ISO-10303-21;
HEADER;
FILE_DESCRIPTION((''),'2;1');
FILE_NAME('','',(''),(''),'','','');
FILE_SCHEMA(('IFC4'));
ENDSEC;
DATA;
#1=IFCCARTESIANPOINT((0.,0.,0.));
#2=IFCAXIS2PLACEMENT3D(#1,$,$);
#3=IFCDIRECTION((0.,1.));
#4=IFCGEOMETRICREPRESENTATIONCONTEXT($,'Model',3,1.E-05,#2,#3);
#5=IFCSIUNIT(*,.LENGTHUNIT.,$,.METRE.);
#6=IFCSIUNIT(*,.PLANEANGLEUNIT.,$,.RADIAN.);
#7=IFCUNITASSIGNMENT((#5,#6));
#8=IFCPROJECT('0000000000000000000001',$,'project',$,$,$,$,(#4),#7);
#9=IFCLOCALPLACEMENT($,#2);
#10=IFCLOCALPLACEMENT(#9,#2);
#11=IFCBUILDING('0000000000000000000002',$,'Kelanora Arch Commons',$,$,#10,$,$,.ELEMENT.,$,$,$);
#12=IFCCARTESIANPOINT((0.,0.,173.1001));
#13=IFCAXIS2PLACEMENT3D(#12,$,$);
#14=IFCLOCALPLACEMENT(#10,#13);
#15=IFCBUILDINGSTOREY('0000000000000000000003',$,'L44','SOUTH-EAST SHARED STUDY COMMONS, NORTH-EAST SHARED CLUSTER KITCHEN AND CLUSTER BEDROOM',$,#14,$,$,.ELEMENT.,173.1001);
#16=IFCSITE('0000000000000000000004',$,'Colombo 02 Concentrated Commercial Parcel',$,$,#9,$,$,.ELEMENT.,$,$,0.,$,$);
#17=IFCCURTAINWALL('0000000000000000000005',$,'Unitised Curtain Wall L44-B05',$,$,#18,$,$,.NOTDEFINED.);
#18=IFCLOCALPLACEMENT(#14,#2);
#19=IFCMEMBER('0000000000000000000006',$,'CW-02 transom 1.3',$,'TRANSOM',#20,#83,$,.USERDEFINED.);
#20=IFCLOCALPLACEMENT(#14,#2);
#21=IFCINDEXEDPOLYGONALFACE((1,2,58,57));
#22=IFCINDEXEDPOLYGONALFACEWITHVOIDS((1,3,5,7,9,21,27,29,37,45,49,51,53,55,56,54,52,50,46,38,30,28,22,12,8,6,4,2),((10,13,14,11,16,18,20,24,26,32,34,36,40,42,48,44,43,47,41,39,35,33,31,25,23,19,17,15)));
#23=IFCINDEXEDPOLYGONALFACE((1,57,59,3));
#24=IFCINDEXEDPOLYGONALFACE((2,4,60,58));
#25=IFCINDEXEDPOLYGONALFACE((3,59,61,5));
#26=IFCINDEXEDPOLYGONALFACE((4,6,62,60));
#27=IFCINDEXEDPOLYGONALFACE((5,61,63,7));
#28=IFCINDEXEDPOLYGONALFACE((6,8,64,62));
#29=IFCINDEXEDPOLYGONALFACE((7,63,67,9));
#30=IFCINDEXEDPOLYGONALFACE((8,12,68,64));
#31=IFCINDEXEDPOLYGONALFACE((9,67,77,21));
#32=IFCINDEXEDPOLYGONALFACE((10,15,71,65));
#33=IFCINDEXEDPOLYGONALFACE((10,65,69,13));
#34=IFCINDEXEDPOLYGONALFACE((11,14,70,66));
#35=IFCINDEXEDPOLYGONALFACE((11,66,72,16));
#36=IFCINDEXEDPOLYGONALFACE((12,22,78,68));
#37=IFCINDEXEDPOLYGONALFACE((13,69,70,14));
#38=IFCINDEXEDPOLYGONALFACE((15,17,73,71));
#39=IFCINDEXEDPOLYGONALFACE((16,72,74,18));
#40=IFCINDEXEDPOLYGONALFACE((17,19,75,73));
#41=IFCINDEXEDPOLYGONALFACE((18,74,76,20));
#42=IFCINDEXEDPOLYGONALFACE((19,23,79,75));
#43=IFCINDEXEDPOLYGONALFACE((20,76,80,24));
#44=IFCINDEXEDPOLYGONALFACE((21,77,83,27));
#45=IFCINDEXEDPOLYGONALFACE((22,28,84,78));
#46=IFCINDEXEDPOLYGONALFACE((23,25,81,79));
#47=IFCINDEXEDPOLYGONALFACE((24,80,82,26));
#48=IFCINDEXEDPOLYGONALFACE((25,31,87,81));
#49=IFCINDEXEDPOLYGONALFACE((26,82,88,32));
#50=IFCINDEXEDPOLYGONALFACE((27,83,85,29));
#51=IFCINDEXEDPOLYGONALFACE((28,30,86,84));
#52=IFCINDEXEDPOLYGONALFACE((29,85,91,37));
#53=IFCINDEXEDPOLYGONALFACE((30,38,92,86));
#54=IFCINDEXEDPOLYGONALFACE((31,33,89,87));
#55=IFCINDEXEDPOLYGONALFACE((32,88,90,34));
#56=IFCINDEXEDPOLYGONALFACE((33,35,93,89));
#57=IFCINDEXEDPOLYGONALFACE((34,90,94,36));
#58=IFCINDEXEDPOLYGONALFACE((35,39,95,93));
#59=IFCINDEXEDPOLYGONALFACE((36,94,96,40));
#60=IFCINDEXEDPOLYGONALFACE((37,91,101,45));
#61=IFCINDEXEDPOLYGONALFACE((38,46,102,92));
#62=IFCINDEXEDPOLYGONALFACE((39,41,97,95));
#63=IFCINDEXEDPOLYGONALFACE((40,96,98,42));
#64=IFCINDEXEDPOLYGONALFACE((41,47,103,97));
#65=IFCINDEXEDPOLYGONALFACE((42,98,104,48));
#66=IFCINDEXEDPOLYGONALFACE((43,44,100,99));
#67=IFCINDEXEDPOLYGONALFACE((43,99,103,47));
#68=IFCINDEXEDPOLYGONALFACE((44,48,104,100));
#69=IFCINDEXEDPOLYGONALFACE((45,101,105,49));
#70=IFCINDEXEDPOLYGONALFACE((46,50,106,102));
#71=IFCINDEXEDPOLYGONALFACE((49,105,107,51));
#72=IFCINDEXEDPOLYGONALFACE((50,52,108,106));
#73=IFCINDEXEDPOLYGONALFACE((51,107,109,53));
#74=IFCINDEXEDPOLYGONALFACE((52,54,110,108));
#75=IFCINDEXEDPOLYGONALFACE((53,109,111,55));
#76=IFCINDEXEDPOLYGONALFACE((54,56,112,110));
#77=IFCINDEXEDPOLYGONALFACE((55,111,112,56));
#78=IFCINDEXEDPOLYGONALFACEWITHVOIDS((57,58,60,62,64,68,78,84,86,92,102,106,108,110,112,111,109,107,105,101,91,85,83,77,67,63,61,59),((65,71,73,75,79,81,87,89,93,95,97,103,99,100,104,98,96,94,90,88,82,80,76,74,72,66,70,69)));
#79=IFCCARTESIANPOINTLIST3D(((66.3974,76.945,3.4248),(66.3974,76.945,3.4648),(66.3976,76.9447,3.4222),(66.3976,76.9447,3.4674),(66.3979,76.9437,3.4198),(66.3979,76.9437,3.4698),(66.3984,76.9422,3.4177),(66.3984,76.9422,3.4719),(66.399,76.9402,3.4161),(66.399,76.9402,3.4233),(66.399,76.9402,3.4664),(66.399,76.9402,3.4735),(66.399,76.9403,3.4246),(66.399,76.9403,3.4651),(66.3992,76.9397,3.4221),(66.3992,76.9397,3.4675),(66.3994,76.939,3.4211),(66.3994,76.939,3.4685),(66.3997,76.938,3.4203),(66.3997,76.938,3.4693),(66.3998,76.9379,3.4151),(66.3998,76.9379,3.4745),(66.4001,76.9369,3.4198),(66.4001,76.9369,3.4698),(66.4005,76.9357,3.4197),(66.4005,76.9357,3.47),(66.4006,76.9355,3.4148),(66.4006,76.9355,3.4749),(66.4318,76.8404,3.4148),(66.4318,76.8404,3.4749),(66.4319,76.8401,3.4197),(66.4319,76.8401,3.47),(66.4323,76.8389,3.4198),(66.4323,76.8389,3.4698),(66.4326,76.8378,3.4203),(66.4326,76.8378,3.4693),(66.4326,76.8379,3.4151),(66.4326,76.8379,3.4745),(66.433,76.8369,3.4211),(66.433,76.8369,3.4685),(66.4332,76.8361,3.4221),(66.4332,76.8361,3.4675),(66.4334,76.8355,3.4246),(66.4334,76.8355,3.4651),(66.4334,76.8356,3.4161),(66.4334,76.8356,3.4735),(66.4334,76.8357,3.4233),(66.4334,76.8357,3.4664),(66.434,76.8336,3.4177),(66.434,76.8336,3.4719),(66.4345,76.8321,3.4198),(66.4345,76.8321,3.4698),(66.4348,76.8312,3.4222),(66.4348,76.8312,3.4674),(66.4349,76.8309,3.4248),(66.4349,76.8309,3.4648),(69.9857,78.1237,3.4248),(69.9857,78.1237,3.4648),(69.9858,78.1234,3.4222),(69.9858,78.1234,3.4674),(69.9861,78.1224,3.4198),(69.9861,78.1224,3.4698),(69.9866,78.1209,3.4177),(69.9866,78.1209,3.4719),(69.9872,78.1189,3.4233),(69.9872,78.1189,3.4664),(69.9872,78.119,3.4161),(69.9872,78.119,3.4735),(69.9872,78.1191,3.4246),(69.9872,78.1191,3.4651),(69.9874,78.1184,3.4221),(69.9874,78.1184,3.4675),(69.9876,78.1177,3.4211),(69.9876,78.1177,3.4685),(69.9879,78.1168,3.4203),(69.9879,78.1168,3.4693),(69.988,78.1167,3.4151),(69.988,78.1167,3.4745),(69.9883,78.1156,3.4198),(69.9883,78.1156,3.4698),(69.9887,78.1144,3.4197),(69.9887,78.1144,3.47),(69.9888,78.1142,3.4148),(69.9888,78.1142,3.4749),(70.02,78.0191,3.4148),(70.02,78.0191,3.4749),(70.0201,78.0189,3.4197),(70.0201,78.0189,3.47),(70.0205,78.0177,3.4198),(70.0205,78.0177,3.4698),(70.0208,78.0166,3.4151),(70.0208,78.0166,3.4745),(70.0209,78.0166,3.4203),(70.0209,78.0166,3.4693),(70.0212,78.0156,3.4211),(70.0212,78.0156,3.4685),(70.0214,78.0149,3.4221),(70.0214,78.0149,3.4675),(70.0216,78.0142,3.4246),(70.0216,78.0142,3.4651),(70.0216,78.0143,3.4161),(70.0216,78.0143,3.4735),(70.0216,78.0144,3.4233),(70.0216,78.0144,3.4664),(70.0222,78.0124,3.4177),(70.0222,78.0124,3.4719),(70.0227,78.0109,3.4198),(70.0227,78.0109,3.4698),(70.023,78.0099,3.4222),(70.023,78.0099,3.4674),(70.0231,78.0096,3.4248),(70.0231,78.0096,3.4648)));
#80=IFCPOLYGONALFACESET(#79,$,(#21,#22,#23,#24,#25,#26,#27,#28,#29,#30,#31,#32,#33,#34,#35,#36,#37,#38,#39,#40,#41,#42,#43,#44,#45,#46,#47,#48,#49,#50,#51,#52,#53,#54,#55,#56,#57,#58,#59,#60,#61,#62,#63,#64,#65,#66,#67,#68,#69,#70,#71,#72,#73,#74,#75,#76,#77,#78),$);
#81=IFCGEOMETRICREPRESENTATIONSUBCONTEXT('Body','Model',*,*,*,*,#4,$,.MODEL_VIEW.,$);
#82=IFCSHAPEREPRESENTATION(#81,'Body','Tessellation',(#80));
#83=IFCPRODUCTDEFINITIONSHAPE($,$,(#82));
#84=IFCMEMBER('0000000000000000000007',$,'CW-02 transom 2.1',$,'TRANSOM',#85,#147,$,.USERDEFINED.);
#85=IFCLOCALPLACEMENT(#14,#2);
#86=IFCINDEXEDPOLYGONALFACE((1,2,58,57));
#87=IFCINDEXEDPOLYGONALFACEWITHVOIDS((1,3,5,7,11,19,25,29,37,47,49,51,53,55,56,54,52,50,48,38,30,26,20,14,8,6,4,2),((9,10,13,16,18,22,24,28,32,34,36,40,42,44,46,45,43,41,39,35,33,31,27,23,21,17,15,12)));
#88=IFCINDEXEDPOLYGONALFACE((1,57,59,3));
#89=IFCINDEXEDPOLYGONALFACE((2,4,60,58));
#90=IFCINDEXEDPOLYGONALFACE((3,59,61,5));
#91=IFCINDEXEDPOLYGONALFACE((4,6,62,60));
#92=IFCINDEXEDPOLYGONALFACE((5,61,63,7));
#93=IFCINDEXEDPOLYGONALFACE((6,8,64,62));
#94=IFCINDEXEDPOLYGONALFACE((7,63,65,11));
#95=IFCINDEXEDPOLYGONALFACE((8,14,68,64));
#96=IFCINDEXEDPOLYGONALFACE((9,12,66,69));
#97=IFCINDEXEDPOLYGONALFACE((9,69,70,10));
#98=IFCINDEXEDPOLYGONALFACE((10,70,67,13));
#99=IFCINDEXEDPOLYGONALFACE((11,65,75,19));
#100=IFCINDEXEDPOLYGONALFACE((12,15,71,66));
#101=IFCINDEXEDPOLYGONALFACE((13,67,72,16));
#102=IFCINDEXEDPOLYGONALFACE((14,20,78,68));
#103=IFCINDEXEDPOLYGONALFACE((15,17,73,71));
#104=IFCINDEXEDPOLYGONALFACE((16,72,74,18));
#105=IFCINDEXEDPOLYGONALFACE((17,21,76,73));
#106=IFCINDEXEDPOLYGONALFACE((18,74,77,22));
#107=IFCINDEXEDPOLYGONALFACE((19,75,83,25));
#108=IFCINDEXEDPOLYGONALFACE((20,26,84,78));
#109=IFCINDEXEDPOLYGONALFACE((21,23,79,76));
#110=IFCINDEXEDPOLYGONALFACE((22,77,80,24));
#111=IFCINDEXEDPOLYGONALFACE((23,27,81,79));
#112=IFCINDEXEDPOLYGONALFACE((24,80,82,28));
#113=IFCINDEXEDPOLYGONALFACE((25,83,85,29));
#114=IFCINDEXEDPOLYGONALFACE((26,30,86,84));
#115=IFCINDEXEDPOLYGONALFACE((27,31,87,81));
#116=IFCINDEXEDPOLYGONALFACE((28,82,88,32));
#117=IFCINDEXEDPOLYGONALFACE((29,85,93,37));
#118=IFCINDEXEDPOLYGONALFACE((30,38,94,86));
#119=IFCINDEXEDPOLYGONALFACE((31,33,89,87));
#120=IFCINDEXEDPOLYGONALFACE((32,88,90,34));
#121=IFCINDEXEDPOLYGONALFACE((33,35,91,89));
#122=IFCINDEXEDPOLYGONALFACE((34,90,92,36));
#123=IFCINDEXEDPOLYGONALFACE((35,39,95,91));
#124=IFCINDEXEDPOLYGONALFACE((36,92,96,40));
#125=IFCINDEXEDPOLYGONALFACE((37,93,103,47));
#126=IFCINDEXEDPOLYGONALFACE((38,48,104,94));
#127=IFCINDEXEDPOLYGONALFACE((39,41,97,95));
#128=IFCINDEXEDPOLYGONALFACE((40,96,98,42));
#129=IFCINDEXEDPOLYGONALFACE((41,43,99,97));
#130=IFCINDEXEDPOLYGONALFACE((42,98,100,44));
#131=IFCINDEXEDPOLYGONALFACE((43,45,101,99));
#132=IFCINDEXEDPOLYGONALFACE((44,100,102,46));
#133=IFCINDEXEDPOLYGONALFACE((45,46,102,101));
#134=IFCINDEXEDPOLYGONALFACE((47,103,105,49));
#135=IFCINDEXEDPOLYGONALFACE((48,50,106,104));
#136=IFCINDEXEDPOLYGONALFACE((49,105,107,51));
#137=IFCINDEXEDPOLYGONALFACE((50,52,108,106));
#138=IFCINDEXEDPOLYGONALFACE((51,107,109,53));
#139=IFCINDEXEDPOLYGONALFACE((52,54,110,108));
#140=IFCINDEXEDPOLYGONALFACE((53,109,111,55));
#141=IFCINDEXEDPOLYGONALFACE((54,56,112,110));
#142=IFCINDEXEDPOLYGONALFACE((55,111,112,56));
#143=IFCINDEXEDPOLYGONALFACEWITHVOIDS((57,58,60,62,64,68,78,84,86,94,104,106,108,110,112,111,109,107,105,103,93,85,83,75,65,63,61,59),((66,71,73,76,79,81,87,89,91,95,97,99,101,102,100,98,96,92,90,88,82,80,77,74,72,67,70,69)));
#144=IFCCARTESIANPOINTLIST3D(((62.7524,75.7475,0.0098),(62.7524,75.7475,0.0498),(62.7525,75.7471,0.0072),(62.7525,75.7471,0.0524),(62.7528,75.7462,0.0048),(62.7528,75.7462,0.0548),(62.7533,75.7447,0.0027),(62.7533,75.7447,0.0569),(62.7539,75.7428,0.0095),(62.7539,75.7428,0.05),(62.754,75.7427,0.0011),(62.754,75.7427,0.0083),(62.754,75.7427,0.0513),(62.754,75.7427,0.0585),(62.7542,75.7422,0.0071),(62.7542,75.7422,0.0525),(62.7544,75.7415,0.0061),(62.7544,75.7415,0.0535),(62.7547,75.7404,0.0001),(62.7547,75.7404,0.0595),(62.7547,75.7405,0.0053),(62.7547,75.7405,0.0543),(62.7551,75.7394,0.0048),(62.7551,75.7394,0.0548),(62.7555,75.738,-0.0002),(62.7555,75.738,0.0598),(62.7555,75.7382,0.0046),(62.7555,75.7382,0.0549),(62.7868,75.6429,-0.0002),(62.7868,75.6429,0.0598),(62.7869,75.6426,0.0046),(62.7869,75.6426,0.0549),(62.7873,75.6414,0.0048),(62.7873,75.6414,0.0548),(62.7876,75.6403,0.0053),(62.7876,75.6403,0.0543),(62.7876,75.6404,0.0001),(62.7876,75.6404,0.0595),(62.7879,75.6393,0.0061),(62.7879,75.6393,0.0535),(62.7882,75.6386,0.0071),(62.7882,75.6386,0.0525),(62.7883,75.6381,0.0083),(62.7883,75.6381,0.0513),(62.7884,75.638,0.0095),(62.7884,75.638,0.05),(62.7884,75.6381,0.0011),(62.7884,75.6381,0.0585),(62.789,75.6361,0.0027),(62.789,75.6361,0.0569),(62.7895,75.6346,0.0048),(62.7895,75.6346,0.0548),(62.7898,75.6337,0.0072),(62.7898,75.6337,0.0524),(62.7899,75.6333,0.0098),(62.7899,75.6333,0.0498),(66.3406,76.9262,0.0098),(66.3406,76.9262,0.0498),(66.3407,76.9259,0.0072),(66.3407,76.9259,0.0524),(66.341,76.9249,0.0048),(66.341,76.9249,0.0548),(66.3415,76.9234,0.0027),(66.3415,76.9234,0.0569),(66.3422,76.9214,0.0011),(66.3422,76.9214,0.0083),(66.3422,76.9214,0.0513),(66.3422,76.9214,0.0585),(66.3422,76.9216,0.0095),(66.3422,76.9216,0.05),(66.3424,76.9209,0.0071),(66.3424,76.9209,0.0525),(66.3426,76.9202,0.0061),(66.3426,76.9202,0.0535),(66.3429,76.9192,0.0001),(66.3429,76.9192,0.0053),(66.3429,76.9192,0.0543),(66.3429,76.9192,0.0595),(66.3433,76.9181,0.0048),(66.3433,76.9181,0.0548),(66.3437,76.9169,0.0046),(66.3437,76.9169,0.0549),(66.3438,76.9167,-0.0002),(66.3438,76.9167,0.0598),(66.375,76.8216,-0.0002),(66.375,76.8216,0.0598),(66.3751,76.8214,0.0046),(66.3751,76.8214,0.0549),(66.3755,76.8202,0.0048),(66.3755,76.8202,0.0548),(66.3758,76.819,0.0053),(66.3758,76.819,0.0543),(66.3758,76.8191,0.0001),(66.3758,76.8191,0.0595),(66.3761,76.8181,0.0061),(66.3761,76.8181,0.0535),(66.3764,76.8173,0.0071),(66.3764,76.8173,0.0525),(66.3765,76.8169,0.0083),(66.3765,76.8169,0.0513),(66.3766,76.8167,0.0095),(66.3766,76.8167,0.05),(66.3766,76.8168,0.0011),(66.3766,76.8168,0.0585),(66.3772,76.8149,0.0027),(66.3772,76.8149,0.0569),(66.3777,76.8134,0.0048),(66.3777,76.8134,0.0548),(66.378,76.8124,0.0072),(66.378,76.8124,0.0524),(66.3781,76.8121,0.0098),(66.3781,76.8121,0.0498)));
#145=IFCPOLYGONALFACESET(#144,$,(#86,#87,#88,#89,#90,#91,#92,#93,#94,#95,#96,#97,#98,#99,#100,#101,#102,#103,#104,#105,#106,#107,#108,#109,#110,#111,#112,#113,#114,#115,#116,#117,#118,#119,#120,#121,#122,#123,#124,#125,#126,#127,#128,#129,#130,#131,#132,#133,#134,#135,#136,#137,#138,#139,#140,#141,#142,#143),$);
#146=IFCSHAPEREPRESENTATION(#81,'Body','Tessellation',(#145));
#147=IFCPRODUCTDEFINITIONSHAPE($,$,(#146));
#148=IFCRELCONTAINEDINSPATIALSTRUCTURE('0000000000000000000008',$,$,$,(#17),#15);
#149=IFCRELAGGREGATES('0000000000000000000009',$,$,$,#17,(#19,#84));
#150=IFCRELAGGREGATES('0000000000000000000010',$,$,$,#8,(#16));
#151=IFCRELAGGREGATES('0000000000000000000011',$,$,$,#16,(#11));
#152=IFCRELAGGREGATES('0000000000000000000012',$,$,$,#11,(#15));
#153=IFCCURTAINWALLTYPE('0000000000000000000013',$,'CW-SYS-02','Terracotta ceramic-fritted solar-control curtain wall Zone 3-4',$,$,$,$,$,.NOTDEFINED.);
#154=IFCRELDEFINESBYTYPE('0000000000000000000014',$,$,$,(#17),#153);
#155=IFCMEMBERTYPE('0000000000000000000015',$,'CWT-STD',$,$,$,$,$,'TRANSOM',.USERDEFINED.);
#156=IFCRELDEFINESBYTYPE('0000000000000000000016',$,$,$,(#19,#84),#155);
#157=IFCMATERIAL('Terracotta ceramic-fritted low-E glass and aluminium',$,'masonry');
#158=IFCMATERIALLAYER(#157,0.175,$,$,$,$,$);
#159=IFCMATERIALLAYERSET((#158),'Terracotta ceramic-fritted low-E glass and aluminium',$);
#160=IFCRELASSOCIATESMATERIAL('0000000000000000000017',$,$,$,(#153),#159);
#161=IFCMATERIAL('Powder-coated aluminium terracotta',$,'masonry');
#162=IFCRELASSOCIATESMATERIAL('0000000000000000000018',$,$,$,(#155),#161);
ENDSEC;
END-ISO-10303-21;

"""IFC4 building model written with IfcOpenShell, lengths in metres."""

from ifc_helpers import new_model, si_unit, direction, frame, origin, origin_2d, place, context, subcontext, project, spatial, hollow_rectangle, extrude, material, layer, layer_set, material_profile, profile_set, type_object, element, aggregate, save


model = new_model("IFC4")

# Units and contexts
model_context = context("Model", 3, precision=1e-05, world=origin(), true_north=direction((0.0, 1.0)))
body_context = subcontext(model_context, "Body", "Model", "MODEL_VIEW")
ifc_project = project(units=[si_unit("LENGTHUNIT", "METRE"), si_unit("PLANEANGLEUNIT", "RADIAN")], contexts=[model_context])

# Site, building, storey
site_placement = place(None, origin())
site = spatial("IfcSite", under=ifc_project, at=site_placement, Name="Colombo 02 Concentrated Commercial Parcel", CompositionType="ELEMENT", RefElevation=0.0)
building_placement = place(site_placement, origin())
building = spatial("IfcBuilding", under=site, at=building_placement, Name="Kelanora Arch Commons", CompositionType="ELEMENT")
storey_placement = place(building_placement, frame((0.0, 0.0, 173.1001)))
storey = spatial("IfcBuildingStorey", under=building, at=storey_placement, Name="L44", Description="SOUTH-EAST SHARED STUDY COMMONS, NORTH-EAST SHARED CLUSTER KITCHEN AND CLUSTER BEDROOM", CompositionType="ELEMENT", Elevation=173.1001)

# Curtain wall, members
ifc_material_1 = material(Name="Terracotta ceramic-fritted low-E glass and aluminium", Category="masonry")
ifc_layer_1 = layer(ifc_material_1, 0.175)
ifc_layer_set_1 = layer_set([ifc_layer_1], Name="Terracotta ceramic-fritted low-E glass and aluminium")
curtain_wall_type = type_object("IfcCurtainWallType", Name="CW-SYS-02", Description="Terracotta ceramic-fritted solar-control curtain wall Zone 3-4", PredefinedType="NOTDEFINED", material=ifc_layer_set_1)
curtain_wall_placement = place(storey_placement, origin())
curtain_wall = element("IfcCurtainWall", 1, at=curtain_wall_placement, inside=storey, type_object=curtain_wall_type, Name="Unitised Curtain Wall L44-B05", PredefinedType="NOTDEFINED")
ifc_material_2 = material(Name="Powder-coated aluminium terracotta", Category="masonry")
ifc_material_profile_1 = material_profile(ifc_material_2, hollow_rectangle(XDim=0.1201, YDim=0.0601, WallThickness=0.0049, InnerFilletRadius=0.0049, OuterFilletRadius=0.01, at=origin_2d()), Name="CWT120x60")
ifc_profile_set_1 = profile_set([ifc_material_profile_1], Name="Powder-coated aluminium terracotta")
member_type_1 = type_object("IfcMemberType", Name="CWT-STD", ElementType="TRANSOM", PredefinedType="USERDEFINED", material=ifc_profile_set_1)
member_1_placement = place(storey_placement, frame((70.0044, 78.0667, 3.4448), z_axis=(-0.950051, -0.312094, 0.0), x_axis=(0.312094, -0.950051, 0.0)))
member_1 = element("IfcMember", 2, at=member_1_placement, type_object=member_type_1, Name="CW-02 transom 1.3", ObjectType="TRANSOM", PredefinedType="USERDEFINED", context=body_context, shape_type="SweptSolid", body=[
    extrude(hollow_rectangle(XDim=0.1201, YDim=0.0601, WallThickness=0.0049, InnerFilletRadius=0.0049, OuterFilletRadius=0.01, at=origin_2d()), origin(), (0.0, 0.0, 1.0), 3.7769),
])
member_2_placement = place(storey_placement, frame((66.3594, 76.8691, 0.0298), z_axis=(-0.950051, -0.312094, 0.0), x_axis=(0.312094, -0.950051, 0.0)))
member_2 = element("IfcMember", 3, at=member_2_placement, type_object=member_type_1, Name="CW-02 transom 2.1", ObjectType="TRANSOM", PredefinedType="USERDEFINED", context=body_context, shape_type="SweptSolid", body=[
    extrude(hollow_rectangle(XDim=0.1201, YDim=0.0601, WallThickness=0.0049, InnerFilletRadius=0.0049, OuterFilletRadius=0.01, at=origin_2d()), origin(), (0.0, 0.0, 1.0), 3.7769),
])
aggregate(curtain_wall, [member_1, member_2])

save(model, "model.ifc")
